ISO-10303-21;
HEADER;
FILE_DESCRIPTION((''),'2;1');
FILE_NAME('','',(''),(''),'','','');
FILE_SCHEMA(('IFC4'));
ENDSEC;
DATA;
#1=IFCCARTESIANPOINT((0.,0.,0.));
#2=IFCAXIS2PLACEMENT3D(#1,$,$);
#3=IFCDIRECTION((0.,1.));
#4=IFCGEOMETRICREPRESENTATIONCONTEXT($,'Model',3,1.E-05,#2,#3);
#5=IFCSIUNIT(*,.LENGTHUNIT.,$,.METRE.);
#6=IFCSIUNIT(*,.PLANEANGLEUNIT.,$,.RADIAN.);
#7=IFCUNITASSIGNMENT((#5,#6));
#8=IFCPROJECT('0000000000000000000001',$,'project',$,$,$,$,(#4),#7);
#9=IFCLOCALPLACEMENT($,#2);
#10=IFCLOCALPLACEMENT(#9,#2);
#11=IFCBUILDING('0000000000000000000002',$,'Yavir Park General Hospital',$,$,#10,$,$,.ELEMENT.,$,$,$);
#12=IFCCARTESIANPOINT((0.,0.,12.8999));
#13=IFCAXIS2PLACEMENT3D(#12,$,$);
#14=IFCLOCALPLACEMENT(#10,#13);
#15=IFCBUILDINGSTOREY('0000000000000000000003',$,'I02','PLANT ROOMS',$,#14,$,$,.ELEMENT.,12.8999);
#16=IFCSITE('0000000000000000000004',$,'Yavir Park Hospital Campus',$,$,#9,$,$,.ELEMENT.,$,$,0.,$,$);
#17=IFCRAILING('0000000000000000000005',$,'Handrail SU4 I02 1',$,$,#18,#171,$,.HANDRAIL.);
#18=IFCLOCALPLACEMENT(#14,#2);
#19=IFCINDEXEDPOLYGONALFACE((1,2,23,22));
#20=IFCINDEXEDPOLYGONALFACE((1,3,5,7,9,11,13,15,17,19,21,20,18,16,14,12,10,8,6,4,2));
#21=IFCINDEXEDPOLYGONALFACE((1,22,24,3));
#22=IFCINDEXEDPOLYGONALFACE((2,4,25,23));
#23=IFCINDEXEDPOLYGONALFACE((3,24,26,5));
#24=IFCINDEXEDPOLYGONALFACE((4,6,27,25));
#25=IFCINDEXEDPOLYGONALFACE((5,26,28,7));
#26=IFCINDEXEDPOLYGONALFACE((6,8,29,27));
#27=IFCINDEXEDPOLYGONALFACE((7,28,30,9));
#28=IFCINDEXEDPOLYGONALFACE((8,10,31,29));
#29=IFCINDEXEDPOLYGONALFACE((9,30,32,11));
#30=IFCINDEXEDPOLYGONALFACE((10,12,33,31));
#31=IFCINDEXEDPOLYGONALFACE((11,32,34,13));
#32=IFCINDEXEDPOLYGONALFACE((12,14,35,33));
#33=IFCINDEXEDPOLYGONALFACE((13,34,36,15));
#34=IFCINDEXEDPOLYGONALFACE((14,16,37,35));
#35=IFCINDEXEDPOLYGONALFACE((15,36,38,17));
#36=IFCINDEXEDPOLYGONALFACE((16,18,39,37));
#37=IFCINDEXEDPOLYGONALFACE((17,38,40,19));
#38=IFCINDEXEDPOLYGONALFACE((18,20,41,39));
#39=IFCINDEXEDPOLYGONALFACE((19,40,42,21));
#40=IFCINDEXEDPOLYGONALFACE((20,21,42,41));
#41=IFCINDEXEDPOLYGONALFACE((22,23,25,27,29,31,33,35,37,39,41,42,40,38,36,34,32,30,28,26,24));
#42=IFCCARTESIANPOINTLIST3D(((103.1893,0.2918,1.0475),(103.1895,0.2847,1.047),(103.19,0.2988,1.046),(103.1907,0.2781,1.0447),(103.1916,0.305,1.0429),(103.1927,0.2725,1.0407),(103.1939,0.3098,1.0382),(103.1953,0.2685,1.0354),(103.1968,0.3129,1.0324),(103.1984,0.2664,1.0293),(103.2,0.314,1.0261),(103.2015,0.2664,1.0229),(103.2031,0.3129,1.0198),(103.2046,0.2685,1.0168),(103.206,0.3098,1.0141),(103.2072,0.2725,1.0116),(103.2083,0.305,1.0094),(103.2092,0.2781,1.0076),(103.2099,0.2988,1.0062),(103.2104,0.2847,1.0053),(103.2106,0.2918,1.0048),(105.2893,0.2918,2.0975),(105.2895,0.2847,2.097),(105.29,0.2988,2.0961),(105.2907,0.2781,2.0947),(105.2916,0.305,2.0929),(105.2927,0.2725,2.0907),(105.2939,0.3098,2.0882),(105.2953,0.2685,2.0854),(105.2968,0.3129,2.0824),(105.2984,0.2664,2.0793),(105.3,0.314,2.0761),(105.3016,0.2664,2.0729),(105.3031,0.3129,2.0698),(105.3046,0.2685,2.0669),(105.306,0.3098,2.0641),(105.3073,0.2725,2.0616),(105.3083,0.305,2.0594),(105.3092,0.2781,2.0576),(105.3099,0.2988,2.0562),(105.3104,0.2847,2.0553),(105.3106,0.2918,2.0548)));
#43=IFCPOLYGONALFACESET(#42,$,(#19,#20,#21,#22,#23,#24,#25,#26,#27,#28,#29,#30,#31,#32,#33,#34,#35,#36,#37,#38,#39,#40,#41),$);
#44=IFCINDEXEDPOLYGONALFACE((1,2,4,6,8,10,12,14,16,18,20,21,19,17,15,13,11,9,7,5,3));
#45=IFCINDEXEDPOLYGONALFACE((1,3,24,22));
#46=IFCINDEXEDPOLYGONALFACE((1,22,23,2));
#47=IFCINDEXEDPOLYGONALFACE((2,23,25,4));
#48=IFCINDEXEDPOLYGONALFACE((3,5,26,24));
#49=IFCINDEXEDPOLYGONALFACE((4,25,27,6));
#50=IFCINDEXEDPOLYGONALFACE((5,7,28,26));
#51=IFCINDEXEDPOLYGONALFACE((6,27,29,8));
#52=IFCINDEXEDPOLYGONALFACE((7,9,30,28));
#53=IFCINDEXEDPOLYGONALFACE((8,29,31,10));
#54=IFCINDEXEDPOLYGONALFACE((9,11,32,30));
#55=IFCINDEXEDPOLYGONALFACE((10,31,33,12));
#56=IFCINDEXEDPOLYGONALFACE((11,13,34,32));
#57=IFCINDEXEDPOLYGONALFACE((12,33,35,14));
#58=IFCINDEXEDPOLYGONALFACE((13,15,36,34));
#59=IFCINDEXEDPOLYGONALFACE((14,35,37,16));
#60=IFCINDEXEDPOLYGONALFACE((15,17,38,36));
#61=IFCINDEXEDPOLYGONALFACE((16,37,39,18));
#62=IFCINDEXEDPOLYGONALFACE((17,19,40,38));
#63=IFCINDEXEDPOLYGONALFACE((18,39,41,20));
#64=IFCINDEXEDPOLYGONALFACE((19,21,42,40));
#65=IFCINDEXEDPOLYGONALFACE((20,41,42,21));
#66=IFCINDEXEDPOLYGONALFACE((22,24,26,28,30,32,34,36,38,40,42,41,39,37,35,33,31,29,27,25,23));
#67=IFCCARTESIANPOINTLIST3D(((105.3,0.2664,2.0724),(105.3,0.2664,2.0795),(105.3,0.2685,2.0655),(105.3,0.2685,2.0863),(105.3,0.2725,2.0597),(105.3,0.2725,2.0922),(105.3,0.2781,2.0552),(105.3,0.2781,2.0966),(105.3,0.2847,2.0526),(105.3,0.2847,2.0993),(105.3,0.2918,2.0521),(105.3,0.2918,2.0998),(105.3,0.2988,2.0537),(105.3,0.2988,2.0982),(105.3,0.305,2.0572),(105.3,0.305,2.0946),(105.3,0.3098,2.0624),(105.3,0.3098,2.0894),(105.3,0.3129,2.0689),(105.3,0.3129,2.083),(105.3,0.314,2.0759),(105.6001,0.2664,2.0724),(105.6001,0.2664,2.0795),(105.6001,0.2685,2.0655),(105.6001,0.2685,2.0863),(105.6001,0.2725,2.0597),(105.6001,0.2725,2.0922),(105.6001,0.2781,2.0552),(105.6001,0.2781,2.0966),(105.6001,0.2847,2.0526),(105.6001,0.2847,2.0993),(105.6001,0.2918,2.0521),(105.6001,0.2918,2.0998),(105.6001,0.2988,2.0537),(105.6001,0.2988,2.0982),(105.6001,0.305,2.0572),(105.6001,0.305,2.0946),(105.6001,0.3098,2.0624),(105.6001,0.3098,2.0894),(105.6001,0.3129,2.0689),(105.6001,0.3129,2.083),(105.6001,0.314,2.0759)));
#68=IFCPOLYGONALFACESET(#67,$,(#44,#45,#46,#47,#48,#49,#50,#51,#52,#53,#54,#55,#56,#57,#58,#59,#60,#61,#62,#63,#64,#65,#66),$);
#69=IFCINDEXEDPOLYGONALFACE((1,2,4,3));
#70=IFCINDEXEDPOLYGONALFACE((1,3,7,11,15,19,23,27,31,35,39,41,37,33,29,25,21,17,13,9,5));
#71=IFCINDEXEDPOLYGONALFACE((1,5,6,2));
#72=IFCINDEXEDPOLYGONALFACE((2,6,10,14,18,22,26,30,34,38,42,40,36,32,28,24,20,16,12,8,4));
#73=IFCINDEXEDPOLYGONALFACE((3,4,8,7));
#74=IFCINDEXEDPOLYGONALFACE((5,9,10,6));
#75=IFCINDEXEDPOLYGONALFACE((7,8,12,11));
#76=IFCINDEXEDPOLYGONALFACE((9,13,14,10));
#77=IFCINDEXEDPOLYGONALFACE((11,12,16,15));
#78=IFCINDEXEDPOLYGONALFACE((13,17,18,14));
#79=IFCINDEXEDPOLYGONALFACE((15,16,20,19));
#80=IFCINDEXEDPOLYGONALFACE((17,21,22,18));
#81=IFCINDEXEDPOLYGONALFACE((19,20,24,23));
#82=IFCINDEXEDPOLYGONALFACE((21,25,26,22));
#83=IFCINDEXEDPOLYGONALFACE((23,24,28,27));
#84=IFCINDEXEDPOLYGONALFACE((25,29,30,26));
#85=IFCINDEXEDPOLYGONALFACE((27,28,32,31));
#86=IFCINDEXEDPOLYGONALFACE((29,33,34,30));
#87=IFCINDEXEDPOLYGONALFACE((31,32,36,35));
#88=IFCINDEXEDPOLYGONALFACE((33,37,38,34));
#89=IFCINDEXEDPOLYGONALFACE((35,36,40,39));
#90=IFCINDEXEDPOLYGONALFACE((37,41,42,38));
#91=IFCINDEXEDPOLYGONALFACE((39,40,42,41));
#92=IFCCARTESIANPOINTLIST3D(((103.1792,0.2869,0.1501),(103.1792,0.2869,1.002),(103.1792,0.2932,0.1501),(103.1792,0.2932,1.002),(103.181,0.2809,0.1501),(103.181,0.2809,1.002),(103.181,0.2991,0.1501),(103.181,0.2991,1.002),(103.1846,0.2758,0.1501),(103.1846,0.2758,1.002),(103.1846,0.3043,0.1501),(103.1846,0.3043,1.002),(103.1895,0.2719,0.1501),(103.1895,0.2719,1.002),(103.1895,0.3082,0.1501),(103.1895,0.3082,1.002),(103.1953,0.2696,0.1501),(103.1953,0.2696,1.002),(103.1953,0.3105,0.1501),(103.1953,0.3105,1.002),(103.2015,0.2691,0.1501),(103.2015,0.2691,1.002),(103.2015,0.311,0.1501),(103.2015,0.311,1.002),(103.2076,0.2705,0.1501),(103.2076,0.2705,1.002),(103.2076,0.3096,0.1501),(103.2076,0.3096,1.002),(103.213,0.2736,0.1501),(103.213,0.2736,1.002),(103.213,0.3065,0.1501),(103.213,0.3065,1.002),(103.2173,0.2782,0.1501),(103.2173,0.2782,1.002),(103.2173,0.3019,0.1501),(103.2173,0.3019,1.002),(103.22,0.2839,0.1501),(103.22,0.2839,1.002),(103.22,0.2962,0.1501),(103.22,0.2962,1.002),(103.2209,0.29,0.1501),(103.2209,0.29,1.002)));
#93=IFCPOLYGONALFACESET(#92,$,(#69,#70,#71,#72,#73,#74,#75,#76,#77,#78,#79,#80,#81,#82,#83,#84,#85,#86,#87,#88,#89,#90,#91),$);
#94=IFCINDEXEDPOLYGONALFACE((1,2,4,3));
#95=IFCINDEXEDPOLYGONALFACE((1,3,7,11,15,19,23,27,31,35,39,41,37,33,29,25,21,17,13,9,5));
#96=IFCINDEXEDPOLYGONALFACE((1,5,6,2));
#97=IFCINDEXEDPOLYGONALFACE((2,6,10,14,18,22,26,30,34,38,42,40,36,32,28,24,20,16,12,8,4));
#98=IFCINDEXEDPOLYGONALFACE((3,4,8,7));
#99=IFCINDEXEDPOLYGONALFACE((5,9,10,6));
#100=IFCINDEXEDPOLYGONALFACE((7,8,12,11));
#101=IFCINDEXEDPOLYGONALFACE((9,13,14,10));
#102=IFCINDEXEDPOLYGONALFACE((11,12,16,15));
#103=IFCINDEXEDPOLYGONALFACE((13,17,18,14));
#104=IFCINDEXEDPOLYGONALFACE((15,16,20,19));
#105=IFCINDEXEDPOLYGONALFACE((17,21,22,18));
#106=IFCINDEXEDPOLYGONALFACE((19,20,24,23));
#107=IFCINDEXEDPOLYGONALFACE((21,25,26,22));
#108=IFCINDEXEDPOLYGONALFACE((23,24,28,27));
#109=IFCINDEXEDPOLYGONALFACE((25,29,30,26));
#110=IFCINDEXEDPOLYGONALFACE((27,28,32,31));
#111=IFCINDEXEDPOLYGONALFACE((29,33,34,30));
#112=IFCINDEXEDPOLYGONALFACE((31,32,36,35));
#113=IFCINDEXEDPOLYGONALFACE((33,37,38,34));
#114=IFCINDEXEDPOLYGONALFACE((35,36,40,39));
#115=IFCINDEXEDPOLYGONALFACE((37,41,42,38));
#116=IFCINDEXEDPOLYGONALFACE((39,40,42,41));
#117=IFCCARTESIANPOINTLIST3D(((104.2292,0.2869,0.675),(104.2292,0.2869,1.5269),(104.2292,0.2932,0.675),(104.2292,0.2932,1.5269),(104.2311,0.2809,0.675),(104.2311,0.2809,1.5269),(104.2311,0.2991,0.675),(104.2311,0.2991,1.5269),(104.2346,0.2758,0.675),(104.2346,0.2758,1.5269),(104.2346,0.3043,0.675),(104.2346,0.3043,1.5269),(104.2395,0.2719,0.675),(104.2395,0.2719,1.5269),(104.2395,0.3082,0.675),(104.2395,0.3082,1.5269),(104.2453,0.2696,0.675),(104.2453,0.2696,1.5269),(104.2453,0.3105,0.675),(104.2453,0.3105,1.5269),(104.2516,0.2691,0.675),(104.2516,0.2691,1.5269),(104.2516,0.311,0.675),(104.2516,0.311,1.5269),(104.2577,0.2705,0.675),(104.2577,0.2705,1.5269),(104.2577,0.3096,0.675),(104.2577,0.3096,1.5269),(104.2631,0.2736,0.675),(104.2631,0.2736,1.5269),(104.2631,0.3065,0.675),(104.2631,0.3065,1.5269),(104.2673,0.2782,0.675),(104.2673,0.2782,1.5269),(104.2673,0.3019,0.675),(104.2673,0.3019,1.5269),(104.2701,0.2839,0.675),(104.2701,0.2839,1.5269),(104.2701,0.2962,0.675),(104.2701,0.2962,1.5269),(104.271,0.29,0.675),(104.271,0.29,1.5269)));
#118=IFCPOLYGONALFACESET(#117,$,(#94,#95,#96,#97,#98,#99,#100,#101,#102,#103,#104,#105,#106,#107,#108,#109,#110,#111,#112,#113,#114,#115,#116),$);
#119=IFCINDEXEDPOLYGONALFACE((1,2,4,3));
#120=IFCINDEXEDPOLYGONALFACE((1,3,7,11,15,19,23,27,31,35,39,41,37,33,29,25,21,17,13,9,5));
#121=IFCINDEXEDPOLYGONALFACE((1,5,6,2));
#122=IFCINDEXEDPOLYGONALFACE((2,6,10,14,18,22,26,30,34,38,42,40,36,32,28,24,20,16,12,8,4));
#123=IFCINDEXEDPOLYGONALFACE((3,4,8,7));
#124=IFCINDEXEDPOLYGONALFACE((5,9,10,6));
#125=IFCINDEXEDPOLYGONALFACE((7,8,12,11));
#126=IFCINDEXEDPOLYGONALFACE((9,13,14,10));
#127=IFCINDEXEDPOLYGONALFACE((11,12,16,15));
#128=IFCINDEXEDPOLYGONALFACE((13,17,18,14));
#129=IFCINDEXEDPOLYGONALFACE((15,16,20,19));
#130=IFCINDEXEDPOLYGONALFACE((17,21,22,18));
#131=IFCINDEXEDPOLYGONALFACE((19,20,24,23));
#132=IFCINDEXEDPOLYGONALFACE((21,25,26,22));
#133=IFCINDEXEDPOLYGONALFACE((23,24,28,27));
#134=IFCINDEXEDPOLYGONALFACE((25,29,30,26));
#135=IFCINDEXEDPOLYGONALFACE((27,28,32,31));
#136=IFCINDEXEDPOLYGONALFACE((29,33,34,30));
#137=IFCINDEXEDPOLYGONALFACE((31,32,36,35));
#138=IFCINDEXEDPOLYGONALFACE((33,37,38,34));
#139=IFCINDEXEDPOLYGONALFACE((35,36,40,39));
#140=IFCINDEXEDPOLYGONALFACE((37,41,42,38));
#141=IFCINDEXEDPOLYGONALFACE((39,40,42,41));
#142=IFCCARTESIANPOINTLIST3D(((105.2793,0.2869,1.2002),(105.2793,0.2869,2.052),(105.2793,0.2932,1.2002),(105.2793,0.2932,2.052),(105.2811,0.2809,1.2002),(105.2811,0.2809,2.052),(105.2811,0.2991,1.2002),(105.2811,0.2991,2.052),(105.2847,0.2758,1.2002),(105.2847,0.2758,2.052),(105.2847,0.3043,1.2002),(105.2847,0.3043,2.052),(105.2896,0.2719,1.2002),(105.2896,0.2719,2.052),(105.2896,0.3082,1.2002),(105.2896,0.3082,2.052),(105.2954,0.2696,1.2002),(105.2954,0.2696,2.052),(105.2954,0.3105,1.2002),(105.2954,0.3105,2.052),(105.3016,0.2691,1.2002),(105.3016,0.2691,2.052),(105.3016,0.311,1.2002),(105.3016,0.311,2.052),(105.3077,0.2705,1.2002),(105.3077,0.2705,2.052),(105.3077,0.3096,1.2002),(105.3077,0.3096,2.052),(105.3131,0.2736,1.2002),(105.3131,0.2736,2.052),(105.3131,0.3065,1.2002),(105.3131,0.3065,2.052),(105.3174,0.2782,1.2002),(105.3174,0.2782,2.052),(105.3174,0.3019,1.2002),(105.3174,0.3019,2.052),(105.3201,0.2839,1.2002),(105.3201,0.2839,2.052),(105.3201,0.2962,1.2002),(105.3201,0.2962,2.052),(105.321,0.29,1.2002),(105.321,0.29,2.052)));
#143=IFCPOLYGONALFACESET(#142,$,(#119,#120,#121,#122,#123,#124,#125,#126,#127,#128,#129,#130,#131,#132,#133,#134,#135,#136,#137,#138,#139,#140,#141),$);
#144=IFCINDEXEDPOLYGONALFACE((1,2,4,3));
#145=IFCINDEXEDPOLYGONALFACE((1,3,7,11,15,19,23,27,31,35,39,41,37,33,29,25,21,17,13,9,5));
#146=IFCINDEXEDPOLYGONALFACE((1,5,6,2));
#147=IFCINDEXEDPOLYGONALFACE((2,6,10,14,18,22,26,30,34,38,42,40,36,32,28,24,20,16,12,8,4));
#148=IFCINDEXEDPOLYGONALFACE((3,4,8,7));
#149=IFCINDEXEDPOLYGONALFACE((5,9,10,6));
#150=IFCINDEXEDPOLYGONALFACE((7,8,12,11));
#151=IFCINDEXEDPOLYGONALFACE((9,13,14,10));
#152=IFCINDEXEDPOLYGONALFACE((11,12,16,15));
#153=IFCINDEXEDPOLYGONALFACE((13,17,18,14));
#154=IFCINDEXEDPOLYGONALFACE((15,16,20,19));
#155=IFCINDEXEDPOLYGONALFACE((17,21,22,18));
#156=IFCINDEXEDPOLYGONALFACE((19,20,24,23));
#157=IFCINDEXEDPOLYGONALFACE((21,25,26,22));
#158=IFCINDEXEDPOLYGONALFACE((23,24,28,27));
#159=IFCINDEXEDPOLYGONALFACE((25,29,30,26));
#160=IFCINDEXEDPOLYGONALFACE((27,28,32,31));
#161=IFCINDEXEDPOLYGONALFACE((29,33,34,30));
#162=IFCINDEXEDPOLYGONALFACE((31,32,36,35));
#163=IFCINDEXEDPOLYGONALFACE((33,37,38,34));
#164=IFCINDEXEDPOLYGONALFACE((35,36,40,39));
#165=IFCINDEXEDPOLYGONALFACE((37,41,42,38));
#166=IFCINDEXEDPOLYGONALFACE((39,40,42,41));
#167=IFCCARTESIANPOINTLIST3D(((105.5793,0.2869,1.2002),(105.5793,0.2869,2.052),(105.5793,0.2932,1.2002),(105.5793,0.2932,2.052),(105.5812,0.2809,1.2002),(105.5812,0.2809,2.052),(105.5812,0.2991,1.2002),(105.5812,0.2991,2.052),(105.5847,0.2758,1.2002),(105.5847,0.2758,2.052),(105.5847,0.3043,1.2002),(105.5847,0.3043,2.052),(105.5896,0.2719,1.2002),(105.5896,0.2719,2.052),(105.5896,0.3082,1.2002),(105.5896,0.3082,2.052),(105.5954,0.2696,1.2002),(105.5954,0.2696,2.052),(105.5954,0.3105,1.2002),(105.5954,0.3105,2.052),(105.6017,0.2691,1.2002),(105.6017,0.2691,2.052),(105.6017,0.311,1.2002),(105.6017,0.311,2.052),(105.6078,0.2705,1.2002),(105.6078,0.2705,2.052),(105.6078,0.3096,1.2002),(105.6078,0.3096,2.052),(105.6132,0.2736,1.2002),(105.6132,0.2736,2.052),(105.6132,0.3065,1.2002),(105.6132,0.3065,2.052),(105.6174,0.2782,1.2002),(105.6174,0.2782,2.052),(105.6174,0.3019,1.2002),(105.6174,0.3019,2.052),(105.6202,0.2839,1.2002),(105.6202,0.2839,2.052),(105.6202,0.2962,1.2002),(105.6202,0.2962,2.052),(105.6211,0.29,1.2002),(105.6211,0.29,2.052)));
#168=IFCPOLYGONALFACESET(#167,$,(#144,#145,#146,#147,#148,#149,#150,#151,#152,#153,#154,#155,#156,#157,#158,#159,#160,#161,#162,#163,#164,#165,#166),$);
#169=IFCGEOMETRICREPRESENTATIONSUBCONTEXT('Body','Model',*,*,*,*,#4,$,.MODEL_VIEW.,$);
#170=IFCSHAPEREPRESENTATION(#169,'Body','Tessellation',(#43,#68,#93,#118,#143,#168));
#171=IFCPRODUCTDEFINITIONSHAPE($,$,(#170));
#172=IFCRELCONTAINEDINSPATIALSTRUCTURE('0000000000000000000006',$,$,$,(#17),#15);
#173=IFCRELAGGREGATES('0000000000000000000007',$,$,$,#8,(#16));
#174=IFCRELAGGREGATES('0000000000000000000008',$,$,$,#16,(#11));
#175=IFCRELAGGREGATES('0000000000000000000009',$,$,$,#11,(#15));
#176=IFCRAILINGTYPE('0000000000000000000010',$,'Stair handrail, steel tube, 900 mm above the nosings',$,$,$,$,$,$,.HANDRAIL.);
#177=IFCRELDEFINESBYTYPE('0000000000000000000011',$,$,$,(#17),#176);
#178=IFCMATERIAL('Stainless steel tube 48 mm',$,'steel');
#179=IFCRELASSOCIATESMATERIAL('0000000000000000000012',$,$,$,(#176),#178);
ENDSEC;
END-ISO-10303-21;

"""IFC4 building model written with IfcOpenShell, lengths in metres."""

from ifc_helpers import new_model, si_unit, direction, frame, origin, origin_2d, place, context, subcontext, project, spatial, circle, extrude, material, type_object, element, save


model = new_model("IFC4")

# Units and contexts
model_context = context("Model", 3, precision=1e-05, world=origin(), true_north=direction((0.0, 1.0)))
body_context = subcontext(model_context, "Body", "Model", "MODEL_VIEW")
ifc_project = project(units=[si_unit("LENGTHUNIT", "METRE"), si_unit("PLANEANGLEUNIT", "RADIAN")], contexts=[model_context])

# Site, building, storey
site_placement = place(None, origin())
site = spatial("IfcSite", under=ifc_project, at=site_placement, Name="Yavir Park Hospital Campus", CompositionType="ELEMENT", RefElevation=0.0)
building_placement = place(site_placement, origin())
building = spatial("IfcBuilding", under=site, at=building_placement, Name="Yavir Park General Hospital", CompositionType="ELEMENT")
storey_placement = place(building_placement, frame((0.0, 0.0, 12.8999)))
storey = spatial("IfcBuildingStorey", under=building, at=storey_placement, Name="I02", Description="PLANT ROOMS", CompositionType="ELEMENT", Elevation=12.8999)

# Railing
ifc_material_1 = material(Name="Stainless steel tube 48 mm", Category="steel")
railing_type_1 = type_object("IfcRailingType", Name="Stair handrail, steel tube, 900 mm above the nosings", PredefinedType="HANDRAIL", material=ifc_material_1)
for number, where, name in (
    (1, (103.2, 0.29, 0.1501), "Handrail SU4 I02 1"),
):
    element("IfcRailing", number, at=place(storey_placement, frame(where)), inside=storey, type_object=railing_type_1, Name=name, PredefinedType="HANDRAIL", context=body_context, shape_type="SweptSolid", body=[
        extrude(circle(Radius=0.0239, at=origin_2d()), frame((0.0, 0.0, 0.876), z_axis=(0.894427, 0.0, 0.447214), x_axis=(0.0, 1.0, 0.0)), (0.0, 0.0, 1.0), 2.3479),
        extrude(circle(Radius=0.0239, at=origin_2d()), frame((2.1001, 0.0, 1.9258), z_axis=(1.0, 0.0, 0.0), x_axis=(0.0, 1.0, 0.0)), (0.0, 0.0, 1.0), 0.3),
        extrude(circle(Radius=0.021, at=origin_2d()), origin(), (0.0, 0.0, 1.0), 0.8518),
        extrude(circle(Radius=0.021, at=origin_2d()), frame((1.05, 0.0, 0.5249)), (0.0, 0.0, 1.0), 0.8518),
        extrude(circle(Radius=0.021, at=origin_2d()), frame((2.1001, 0.0, 1.05)), (0.0, 0.0, 1.0), 0.8518),
        extrude(circle(Radius=0.021, at=origin_2d()), frame((2.4001, 0.0, 1.05)), (0.0, 0.0, 1.0), 0.8518),
    ])

save(model, "model.ifc")
